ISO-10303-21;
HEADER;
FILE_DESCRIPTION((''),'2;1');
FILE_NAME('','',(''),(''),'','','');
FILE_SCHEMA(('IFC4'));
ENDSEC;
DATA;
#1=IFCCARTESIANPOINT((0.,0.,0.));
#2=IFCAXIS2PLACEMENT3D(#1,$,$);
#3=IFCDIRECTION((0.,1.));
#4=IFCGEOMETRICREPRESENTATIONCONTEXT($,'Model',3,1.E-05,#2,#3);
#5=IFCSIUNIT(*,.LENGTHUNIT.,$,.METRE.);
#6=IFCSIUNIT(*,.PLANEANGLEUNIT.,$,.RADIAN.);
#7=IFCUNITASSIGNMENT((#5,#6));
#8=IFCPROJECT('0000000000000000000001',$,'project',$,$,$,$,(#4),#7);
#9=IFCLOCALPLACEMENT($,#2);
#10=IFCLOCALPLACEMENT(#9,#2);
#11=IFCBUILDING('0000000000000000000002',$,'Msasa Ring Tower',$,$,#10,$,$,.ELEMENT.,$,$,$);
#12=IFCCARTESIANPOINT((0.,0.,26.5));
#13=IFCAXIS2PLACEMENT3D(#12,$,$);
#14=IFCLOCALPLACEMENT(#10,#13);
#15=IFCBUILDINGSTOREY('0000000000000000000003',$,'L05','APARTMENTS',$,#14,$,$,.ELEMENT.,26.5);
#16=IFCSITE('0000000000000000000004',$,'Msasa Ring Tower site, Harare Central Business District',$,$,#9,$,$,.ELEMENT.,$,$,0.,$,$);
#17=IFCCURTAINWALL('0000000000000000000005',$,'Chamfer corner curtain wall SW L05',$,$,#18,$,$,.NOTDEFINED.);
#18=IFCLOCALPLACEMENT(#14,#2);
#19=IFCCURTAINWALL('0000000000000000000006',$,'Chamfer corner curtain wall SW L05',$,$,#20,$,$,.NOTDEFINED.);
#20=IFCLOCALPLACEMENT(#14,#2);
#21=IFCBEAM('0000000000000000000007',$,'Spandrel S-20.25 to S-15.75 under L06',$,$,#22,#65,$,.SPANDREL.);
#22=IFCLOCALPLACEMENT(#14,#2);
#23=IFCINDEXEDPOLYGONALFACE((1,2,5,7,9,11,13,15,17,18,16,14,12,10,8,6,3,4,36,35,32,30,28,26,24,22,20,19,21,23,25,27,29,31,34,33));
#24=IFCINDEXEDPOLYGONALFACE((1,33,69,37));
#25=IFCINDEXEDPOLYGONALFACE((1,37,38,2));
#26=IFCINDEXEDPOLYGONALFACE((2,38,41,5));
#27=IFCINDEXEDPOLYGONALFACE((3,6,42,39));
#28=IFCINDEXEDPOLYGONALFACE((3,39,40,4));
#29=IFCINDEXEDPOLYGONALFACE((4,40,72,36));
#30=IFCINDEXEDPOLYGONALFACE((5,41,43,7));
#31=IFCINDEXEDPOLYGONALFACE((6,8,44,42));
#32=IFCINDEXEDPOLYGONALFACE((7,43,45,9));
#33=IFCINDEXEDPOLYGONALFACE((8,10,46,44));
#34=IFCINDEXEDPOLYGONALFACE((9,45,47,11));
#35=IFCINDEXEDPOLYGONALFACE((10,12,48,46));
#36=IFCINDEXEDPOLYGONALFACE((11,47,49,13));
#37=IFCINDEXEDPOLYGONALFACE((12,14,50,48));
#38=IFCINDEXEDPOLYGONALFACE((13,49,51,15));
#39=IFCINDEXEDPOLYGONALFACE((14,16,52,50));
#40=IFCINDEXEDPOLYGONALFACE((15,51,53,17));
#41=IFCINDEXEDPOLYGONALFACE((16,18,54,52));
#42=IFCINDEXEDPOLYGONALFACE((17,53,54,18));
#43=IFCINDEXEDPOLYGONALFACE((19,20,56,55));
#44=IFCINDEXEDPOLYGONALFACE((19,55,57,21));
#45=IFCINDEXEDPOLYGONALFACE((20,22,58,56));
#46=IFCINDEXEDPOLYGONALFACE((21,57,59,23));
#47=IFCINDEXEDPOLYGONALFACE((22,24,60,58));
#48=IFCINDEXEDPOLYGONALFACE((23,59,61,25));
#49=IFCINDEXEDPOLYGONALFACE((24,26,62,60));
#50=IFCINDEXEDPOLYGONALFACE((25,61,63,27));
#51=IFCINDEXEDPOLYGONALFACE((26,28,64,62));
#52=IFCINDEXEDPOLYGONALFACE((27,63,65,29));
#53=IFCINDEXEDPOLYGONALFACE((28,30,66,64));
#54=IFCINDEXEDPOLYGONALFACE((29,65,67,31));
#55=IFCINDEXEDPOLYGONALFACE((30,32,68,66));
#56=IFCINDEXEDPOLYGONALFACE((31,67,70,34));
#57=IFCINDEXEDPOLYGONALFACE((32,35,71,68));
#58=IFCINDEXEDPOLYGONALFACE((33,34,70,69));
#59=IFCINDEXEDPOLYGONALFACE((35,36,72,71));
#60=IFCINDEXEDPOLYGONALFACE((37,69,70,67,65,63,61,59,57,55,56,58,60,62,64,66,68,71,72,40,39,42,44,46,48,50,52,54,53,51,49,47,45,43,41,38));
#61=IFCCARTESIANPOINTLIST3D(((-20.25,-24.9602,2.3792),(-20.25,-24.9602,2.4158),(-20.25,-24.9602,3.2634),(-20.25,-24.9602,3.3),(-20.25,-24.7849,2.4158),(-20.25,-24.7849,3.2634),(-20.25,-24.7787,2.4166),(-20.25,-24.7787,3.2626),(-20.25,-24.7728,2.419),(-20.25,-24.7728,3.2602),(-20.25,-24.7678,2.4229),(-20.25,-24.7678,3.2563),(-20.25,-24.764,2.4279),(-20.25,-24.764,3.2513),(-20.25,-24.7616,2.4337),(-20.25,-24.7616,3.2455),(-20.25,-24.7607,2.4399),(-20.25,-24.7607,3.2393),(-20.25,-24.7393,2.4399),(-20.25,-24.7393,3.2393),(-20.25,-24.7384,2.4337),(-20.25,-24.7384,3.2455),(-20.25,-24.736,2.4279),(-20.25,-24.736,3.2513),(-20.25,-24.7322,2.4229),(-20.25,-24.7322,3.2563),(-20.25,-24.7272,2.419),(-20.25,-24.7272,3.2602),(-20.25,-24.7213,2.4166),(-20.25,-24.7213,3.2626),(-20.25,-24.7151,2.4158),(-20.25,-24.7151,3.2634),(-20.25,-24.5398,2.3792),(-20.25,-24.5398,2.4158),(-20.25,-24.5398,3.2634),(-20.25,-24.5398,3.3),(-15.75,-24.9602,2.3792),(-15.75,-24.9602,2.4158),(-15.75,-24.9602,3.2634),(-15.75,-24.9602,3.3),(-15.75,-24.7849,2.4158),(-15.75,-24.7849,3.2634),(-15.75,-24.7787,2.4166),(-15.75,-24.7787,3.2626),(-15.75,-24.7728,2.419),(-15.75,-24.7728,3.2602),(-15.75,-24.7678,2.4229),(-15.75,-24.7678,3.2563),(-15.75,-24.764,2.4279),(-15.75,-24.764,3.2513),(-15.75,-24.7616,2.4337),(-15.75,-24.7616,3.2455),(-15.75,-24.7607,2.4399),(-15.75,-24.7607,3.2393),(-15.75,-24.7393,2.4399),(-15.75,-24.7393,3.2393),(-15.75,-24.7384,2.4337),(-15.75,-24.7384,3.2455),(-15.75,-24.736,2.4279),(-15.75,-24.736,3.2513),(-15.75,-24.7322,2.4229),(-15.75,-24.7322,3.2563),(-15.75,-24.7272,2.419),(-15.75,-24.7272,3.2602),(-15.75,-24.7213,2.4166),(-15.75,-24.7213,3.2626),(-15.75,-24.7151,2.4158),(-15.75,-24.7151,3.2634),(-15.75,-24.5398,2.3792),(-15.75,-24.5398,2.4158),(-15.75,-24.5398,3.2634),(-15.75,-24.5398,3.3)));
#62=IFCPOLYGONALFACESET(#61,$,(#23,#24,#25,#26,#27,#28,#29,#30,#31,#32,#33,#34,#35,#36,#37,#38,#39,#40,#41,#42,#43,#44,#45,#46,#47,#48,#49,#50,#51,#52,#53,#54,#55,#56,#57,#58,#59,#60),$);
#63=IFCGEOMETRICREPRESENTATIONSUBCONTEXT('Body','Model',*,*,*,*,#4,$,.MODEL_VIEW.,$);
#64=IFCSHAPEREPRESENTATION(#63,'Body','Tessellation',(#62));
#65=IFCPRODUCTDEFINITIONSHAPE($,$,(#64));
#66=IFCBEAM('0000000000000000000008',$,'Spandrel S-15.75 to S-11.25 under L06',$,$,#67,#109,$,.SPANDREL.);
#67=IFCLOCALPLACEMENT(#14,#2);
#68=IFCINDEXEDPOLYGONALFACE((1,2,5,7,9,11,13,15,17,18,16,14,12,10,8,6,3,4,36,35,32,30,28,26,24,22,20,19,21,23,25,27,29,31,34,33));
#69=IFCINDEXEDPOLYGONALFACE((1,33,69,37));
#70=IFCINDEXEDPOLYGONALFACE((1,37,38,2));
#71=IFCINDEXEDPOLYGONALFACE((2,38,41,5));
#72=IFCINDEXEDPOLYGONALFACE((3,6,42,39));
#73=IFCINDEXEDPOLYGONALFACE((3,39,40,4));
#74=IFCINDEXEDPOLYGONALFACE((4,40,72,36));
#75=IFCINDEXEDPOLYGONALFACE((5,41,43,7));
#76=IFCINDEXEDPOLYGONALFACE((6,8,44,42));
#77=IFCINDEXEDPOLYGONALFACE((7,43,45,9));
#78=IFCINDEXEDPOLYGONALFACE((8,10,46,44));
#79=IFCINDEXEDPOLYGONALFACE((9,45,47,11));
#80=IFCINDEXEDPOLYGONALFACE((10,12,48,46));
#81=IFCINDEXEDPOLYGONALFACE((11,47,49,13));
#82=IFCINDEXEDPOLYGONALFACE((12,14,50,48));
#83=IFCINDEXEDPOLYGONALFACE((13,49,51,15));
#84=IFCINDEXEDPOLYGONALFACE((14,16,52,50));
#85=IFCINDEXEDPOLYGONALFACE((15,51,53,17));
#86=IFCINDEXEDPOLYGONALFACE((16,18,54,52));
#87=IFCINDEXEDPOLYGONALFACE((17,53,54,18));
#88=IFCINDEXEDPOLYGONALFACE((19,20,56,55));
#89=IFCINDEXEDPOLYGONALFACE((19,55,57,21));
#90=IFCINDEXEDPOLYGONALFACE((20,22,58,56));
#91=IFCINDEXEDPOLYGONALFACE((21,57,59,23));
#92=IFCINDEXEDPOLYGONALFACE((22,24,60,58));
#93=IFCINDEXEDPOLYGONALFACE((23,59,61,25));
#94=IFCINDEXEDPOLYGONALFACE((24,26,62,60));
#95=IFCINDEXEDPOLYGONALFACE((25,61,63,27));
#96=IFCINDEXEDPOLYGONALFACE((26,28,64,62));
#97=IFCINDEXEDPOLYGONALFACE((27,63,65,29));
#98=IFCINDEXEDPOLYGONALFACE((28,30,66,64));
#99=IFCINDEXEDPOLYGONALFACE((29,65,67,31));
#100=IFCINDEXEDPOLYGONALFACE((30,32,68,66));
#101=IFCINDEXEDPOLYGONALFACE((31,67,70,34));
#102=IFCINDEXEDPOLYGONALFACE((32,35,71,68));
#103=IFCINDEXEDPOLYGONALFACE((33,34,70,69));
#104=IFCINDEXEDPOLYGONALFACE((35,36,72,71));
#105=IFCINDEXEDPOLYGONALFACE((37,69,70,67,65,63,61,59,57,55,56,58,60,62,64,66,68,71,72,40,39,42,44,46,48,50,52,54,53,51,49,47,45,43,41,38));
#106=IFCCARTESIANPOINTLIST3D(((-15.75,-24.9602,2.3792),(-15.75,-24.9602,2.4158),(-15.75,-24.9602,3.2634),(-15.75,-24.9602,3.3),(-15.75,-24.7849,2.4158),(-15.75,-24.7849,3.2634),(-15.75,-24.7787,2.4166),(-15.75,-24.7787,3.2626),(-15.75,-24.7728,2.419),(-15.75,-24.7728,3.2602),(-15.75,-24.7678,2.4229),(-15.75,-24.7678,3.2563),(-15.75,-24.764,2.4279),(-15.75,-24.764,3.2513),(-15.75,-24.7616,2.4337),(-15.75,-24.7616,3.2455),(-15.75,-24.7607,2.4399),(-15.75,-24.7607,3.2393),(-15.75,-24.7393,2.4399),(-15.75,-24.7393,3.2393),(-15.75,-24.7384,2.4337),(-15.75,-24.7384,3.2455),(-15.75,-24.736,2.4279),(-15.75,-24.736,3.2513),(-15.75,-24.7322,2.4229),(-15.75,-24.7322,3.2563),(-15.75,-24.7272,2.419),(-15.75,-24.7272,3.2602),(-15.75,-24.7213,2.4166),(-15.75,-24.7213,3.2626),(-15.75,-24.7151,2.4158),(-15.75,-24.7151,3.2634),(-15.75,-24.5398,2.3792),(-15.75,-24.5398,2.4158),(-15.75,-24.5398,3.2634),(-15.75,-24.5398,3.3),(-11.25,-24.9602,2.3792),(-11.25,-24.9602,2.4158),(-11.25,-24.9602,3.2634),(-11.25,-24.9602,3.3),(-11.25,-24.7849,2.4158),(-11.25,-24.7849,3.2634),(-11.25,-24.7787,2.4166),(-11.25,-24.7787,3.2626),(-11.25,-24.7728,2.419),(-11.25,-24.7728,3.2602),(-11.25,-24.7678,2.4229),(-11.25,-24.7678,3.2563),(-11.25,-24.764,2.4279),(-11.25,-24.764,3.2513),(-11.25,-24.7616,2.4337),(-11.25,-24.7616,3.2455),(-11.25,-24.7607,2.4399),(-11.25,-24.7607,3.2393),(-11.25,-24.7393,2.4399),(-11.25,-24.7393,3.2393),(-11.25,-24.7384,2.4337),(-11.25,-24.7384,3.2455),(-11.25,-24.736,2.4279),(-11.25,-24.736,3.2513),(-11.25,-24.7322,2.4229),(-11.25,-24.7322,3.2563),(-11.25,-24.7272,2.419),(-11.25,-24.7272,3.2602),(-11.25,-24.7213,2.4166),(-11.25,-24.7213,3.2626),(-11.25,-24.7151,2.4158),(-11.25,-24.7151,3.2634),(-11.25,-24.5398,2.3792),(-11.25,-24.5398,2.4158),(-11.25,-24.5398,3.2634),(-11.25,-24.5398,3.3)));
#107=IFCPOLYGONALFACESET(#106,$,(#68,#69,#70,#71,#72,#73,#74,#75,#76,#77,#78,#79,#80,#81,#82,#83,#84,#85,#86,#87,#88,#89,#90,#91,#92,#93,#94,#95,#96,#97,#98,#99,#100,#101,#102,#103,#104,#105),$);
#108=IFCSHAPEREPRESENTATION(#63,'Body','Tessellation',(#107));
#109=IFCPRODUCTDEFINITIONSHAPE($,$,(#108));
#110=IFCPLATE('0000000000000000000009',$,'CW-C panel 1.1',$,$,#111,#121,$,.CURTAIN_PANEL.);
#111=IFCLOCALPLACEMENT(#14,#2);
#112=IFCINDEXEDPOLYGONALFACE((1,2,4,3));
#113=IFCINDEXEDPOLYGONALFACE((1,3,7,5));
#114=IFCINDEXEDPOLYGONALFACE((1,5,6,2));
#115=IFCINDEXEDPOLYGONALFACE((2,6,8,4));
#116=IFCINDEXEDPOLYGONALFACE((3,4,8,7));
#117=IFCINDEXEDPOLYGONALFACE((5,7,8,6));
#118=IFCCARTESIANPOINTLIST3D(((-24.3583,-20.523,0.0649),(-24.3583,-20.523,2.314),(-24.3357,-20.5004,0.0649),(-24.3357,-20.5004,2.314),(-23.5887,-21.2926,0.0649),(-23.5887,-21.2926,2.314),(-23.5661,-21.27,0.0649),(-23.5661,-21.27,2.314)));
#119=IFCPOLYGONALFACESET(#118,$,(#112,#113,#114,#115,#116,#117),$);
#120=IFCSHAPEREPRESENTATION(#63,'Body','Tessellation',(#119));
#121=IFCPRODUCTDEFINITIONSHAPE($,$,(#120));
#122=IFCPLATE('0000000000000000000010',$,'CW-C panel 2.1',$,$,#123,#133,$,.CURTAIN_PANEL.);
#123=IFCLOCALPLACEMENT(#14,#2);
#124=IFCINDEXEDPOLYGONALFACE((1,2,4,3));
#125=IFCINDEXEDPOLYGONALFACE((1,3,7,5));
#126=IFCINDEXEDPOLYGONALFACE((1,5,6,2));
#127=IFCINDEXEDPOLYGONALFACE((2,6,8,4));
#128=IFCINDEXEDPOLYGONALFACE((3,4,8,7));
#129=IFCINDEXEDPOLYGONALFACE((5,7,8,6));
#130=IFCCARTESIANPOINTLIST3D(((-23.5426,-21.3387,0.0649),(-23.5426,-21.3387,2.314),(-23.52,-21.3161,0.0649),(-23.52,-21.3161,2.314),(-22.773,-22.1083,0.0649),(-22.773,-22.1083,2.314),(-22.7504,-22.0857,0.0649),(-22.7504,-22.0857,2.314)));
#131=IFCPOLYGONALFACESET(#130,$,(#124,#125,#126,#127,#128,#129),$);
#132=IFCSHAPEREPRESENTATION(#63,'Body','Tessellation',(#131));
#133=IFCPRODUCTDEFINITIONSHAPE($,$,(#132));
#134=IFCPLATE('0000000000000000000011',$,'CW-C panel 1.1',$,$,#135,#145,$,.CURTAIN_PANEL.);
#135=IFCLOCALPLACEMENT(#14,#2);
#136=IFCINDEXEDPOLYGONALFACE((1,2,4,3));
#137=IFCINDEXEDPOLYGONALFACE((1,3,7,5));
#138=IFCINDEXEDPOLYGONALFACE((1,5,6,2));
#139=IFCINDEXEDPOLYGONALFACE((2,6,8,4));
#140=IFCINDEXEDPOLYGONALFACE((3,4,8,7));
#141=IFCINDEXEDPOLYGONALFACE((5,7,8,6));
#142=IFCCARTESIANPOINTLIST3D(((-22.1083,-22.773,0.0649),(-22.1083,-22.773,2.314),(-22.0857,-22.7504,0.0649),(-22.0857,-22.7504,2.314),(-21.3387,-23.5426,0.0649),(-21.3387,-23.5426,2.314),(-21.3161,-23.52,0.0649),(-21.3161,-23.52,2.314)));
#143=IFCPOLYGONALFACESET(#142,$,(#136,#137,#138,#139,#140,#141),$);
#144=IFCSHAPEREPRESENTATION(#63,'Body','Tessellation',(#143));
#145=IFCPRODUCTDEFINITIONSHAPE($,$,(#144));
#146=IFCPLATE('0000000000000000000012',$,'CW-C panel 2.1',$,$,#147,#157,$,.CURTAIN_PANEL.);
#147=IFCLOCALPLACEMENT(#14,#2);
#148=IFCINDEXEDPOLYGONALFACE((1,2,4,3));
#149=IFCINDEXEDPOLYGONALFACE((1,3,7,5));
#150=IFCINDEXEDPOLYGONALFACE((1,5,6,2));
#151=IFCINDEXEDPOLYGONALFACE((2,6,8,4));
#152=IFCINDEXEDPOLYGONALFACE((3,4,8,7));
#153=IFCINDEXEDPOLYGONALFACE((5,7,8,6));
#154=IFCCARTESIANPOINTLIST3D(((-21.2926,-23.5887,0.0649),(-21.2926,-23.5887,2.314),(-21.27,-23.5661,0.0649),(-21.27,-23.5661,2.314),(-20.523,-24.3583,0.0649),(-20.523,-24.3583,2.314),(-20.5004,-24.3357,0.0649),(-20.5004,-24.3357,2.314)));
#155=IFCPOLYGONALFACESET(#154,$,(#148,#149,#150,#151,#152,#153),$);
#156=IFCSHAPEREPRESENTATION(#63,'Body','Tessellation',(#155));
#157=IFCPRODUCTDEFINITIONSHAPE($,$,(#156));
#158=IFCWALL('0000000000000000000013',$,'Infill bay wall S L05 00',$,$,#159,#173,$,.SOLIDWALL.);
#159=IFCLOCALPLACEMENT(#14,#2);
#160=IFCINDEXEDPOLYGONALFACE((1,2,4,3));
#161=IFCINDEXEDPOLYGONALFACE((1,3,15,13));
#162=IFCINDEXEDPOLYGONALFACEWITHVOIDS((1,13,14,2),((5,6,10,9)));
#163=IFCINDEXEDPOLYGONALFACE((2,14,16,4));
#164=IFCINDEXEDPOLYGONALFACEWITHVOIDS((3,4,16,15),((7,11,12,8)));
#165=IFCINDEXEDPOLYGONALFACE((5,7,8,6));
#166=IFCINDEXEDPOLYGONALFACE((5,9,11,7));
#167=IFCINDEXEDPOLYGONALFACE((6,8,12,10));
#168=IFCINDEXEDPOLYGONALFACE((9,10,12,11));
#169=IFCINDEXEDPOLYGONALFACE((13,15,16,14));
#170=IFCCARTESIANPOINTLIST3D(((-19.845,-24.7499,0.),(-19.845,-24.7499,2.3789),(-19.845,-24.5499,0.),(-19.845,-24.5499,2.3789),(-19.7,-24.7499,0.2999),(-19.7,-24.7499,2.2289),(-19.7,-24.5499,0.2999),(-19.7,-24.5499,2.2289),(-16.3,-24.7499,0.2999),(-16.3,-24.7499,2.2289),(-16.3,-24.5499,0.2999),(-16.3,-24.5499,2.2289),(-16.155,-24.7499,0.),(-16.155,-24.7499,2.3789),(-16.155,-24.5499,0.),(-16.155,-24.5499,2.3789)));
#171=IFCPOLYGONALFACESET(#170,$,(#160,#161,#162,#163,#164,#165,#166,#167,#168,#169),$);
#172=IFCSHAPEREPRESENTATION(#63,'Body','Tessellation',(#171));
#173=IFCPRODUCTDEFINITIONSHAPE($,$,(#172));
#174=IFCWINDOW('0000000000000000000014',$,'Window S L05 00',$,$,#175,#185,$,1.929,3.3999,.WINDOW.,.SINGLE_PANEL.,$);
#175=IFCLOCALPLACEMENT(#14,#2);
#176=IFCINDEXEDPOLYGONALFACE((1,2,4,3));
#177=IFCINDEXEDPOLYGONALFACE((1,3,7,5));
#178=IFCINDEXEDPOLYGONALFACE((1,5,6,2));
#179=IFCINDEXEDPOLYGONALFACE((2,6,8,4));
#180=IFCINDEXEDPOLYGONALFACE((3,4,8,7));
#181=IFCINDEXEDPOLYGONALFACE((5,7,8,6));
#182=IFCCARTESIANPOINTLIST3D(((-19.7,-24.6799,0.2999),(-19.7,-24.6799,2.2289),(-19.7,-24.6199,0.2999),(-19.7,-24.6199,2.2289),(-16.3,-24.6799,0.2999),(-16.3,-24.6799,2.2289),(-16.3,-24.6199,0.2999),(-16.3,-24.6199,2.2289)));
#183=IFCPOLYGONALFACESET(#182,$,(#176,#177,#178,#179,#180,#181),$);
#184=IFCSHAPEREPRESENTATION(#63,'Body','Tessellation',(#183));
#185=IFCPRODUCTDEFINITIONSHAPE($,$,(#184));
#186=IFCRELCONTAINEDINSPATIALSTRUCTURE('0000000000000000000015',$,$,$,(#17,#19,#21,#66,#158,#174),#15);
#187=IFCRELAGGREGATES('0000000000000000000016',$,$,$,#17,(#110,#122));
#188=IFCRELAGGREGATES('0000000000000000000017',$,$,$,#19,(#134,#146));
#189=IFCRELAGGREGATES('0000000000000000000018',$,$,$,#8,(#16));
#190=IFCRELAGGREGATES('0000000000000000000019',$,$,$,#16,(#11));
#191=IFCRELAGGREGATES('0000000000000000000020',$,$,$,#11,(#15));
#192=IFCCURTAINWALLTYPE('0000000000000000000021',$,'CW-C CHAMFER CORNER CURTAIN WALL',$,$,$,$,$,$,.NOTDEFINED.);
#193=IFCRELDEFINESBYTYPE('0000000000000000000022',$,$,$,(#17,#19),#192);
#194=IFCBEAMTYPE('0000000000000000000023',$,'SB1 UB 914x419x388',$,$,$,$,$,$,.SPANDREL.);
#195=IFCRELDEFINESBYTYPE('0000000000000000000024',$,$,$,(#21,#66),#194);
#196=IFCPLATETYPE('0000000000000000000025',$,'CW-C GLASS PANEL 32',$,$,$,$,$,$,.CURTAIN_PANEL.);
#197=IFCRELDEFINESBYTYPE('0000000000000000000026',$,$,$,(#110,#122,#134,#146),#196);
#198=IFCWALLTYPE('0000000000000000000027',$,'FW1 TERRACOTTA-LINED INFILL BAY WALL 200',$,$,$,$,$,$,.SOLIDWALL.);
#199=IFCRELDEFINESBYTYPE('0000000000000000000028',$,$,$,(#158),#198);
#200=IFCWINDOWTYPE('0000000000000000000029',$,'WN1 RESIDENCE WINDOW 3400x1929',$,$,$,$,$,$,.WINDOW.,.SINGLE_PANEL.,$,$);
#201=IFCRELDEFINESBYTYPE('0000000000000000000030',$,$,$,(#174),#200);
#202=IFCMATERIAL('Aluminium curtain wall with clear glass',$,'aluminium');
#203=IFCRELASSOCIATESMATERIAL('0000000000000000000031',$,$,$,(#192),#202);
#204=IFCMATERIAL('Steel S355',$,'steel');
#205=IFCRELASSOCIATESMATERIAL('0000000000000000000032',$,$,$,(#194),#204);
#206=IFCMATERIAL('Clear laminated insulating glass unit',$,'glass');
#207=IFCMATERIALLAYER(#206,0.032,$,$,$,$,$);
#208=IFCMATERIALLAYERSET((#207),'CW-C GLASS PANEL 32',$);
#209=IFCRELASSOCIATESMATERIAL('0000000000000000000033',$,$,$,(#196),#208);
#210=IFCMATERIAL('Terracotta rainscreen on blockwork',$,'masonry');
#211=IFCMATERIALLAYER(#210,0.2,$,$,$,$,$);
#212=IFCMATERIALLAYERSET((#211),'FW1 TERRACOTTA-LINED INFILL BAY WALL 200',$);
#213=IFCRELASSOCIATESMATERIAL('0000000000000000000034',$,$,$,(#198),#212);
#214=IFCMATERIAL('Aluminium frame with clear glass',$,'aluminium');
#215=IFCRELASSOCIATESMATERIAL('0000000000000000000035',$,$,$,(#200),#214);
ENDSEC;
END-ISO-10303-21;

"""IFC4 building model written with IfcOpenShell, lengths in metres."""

from ifc_helpers import new_model, si_unit, direction, frame, frame_2d, origin, origin_2d, place, context, subcontext, project, spatial, rectangle, i_section, extrude, material, layer, layer_set, material_profile, profile_set, type_object, element, fill, aggregate, save


model = new_model("IFC4")

# Units and contexts
model_context = context("Model", 3, precision=1e-05, world=origin(), true_north=direction((0.0, 1.0)))
body_context = subcontext(model_context, "Body", "Model", "MODEL_VIEW")
ifc_project = project(units=[si_unit("LENGTHUNIT", "METRE"), si_unit("PLANEANGLEUNIT", "RADIAN")], contexts=[model_context])

# Site, building, storey
site_placement = place(None, origin())
site = spatial("IfcSite", under=ifc_project, at=site_placement, Name="Msasa Ring Tower site, Harare Central Business District", CompositionType="ELEMENT", RefElevation=0.0)
building_placement = place(site_placement, origin())
building = spatial("IfcBuilding", under=site, at=building_placement, Name="Msasa Ring Tower", CompositionType="ELEMENT")
storey_placement = place(building_placement, frame((0.0, 0.0, 26.5)))
storey = spatial("IfcBuildingStorey", under=building, at=storey_placement, Name="L05", Description="APARTMENTS", CompositionType="ELEMENT", Elevation=26.5)

# Curtain walls
ifc_material_1 = material(Name="Aluminium curtain wall with clear glass", Category="aluminium")
curtain_wall_type = type_object("IfcCurtainWallType", Name="CW-C CHAMFER CORNER CURTAIN WALL", PredefinedType="NOTDEFINED", material=ifc_material_1)
curtain_wall_1_placement = place(storey_placement, origin())
curtain_wall_1 = element("IfcCurtainWall", 1, at=curtain_wall_1_placement, inside=storey, type_object=curtain_wall_type, Name="Chamfer corner curtain wall SW L05", PredefinedType="NOTDEFINED")
curtain_wall_2_placement = place(storey_placement, origin())
curtain_wall_2 = element("IfcCurtainWall", 2, at=curtain_wall_2_placement, inside=storey, type_object=curtain_wall_type, Name="Chamfer corner curtain wall SW L05", PredefinedType="NOTDEFINED")

# Beams
ifc_material_2 = material(Name="Steel S355", Category="steel")
ifc_material_profile_1 = material_profile(ifc_material_2, i_section(OverallWidth=0.4204, OverallDepth=0.9209, WebThickness=0.0215, FlangeThickness=0.0366, FilletRadius=0.0242, at=origin_2d()), Name="UB 914x419x388")
ifc_profile_set_1 = profile_set([ifc_material_profile_1], Name="Steel S355")
beam_type_1 = type_object("IfcBeamType", Name="SB1 UB 914x419x388", PredefinedType="SPANDREL", material=ifc_profile_set_1)
for number, where, z_axis, x_axis, name in (
    (3, (-20.25, -24.75, 2.8396), (1.0, 0.0, 0.0), (0.0, 1.0, 0.0), "Spandrel S-20.25 to S-15.75 under L06"),
    (4, (-15.75, -24.75, 2.8396), (1.0, 0.0, 0.0), (0.0, 1.0, 0.0), "Spandrel S-15.75 to S-11.25 under L06"),
):
    element("IfcBeam", number, at=place(storey_placement, frame(where, z_axis=z_axis, x_axis=x_axis)), inside=storey, type_object=beam_type_1, Name=name, PredefinedType="SPANDREL", context=body_context, shape_type="SweptSolid", body=[
        extrude(i_section(OverallWidth=0.4204, OverallDepth=0.9209, WebThickness=0.0215, FlangeThickness=0.0366, FilletRadius=0.0242, at=origin_2d()), origin(), (0.0, 0.0, 1.0), 4.5),
    ])

# Plates
ifc_material_3 = material(Name="Clear laminated insulating glass unit", Category="glass")
ifc_layer_1 = layer(ifc_material_3, 0.032)
ifc_layer_set_1 = layer_set([ifc_layer_1], Name="CW-C GLASS PANEL 32")
plate_type = type_object("IfcPlateType", Name="CW-C GLASS PANEL 32", PredefinedType="CURTAIN_PANEL", material=ifc_layer_set_1)
plate_1_placement = place(storey_placement, frame((-23.9622, -20.8965, 0.0649), z_axis=(0.0, 0.0, 1.0), x_axis=(0.707107, -0.707107, 0.0)))
plate_1 = element("IfcPlate", 5, at=plate_1_placement, type_object=plate_type, Name="CW-C panel 1.1", PredefinedType="CURTAIN_PANEL", context=body_context, shape_type="SweptSolid", body=[
    extrude(rectangle(XDim=1.0884, YDim=0.032, at=origin_2d()), origin(), (0.0, 0.0, 1.0), 2.249),
])
plate_2_placement = place(storey_placement, frame((-23.1465, -21.7122, 0.0649), z_axis=(0.0, 0.0, 1.0), x_axis=(0.707107, -0.707107, 0.0)))
plate_2 = element("IfcPlate", 6, at=plate_2_placement, type_object=plate_type, Name="CW-C panel 2.1", PredefinedType="CURTAIN_PANEL", context=body_context, shape_type="SweptSolid", body=[
    extrude(rectangle(XDim=1.0884, YDim=0.032, at=origin_2d()), origin(), (0.0, 0.0, 1.0), 2.249),
])
aggregate(curtain_wall_1, [plate_1, plate_2])
plate_3_placement = place(storey_placement, frame((-21.7122, -23.1465, 0.0649), z_axis=(0.0, 0.0, 1.0), x_axis=(0.707107, -0.707107, 0.0)))
plate_3 = element("IfcPlate", 7, at=plate_3_placement, type_object=plate_type, Name="CW-C panel 1.1", PredefinedType="CURTAIN_PANEL", context=body_context, shape_type="SweptSolid", body=[
    extrude(rectangle(XDim=1.0884, YDim=0.032, at=origin_2d()), origin(), (0.0, 0.0, 1.0), 2.249),
])
plate_4_placement = place(storey_placement, frame((-20.8965, -23.9622, 0.0649), z_axis=(0.0, 0.0, 1.0), x_axis=(0.707107, -0.707107, 0.0)))
plate_4 = element("IfcPlate", 8, at=plate_4_placement, type_object=plate_type, Name="CW-C panel 2.1", PredefinedType="CURTAIN_PANEL", context=body_context, shape_type="SweptSolid", body=[
    extrude(rectangle(XDim=1.0884, YDim=0.032, at=origin_2d()), origin(), (0.0, 0.0, 1.0), 2.249),
])
aggregate(curtain_wall_2, [plate_3, plate_4])

# Wall, opening, window
ifc_material_4 = material(Name="Terracotta rainscreen on blockwork", Category="masonry")
ifc_layer_2 = layer(ifc_material_4, 0.2)
ifc_layer_set_2 = layer_set([ifc_layer_2], Name="FW1 TERRACOTTA-LINED INFILL BAY WALL 200")
wall_type_1 = type_object("IfcWallType", Name="FW1 TERRACOTTA-LINED INFILL BAY WALL 200", PredefinedType="SOLIDWALL", material=ifc_layer_set_2)
wall_1_placement = place(storey_placement, frame((-19.845, -24.6499, 0.0), z_axis=(0.0, 0.0, 1.0), x_axis=(1.0, 0.0, 0.0)))
wall_1 = element("IfcWall", 9, at=wall_1_placement, inside=storey, type_object=wall_type_1, Name="Infill bay wall S L05 00", PredefinedType="SOLIDWALL", context=body_context, shape_type="SweptSolid", body=[
    extrude(rectangle(XDim=3.6899, YDim=0.2, at=frame_2d((1.845, 0.0))), origin(), (0.0, 0.0, 1.0), 2.3789),
])
opening_1_placement = place(wall_1_placement, frame((0.145, 0.0, 0.3)))
opening_1 = element("IfcOpeningElement", 10, at=opening_1_placement, cuts=wall_1, PredefinedType="OPENING", context=body_context, shape_type="SweptSolid", body=[
    extrude(rectangle(XDim=3.3999, YDim=1.929, at=frame_2d((1.7, 0.9644))), frame((0.0, 0.1099, 0.0), z_axis=(0.0, -1.0, 0.0), x_axis=(1.0, 0.0, 0.0)), (0.0, 0.0, 1.0), 0.22),
])
ifc_material_5 = material(Name="Aluminium frame with clear glass", Category="aluminium")
window_type = type_object("IfcWindowType", Name="WN1 RESIDENCE WINDOW 3400x1929", PartitioningType="SINGLE_PANEL", PredefinedType="WINDOW", material=ifc_material_5)
window_1_placement = place(opening_1_placement, origin())
window_1 = element("IfcWindow", 11, at=window_1_placement, inside=storey, type_object=window_type, Name="Window S L05 00", OverallHeight=1.929, OverallWidth=3.3999, PartitioningType="SINGLE_PANEL", PredefinedType="WINDOW", context=body_context, shape_type="SweptSolid", body=[
    extrude(rectangle(XDim=3.3999, YDim=1.929, at=frame_2d((1.7, 0.9644))), frame((0.0, 0.03, 0.0), z_axis=(0.0, -1.0, 0.0), x_axis=(1.0, 0.0, 0.0)), (0.0, 0.0, 1.0), 0.0601),
])
fill(opening_1, window_1)

save(model, "model.ifc")
